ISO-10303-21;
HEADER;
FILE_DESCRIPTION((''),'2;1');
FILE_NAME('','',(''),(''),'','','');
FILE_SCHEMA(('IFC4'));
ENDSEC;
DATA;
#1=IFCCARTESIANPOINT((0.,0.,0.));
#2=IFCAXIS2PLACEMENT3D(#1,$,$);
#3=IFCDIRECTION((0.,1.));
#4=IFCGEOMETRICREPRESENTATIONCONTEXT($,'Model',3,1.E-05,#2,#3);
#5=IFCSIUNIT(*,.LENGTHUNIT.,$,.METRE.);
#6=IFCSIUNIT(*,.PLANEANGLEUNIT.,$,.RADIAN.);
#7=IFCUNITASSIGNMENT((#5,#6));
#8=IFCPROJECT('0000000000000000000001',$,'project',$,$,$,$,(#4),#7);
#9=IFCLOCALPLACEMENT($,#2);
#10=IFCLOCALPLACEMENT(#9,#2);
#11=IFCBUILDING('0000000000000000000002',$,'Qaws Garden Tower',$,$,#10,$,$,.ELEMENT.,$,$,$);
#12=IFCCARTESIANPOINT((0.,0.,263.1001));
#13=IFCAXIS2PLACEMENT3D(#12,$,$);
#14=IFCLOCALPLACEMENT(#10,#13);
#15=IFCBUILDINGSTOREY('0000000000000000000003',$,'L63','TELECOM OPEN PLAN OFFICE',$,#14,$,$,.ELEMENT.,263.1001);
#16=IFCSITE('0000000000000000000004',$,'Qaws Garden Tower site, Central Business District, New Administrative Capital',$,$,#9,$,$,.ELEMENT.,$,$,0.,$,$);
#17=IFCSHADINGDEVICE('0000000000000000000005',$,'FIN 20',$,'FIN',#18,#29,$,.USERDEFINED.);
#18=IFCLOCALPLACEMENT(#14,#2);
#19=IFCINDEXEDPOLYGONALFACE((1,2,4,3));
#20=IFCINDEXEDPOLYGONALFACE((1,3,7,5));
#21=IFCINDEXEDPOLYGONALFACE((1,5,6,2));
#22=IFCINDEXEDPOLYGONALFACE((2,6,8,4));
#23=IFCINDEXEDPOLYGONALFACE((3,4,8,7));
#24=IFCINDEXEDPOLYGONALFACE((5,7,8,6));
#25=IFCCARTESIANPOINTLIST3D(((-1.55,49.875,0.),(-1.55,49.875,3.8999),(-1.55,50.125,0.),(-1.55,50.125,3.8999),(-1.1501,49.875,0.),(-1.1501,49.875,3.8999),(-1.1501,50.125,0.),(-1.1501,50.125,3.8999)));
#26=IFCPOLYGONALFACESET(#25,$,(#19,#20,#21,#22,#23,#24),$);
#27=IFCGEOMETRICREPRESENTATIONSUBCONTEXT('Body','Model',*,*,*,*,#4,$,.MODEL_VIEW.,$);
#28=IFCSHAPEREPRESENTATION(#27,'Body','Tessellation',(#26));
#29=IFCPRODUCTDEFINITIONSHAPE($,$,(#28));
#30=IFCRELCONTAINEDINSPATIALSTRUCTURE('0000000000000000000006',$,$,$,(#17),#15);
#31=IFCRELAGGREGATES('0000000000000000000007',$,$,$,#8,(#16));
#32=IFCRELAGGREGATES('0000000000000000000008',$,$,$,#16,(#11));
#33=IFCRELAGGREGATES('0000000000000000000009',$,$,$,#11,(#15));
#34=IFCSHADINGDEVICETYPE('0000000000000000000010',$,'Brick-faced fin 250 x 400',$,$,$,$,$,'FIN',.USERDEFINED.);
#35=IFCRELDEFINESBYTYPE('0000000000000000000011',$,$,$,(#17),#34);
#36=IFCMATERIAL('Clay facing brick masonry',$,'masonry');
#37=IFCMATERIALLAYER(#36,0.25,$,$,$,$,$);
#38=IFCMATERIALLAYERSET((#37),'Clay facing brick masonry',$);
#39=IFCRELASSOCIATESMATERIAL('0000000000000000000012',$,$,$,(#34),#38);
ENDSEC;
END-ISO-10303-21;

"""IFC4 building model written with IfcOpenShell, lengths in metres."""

from ifc_helpers import new_model, si_unit, direction, frame, origin, origin_2d, place, context, subcontext, project, spatial, rectangle, extrude, material, layer, layer_set, type_object, element, save


model = new_model("IFC4")

# Units and contexts
model_context = context("Model", 3, precision=1e-05, world=origin(), true_north=direction((0.0, 1.0)))
body_context = subcontext(model_context, "Body", "Model", "MODEL_VIEW")
ifc_project = project(units=[si_unit("LENGTHUNIT", "METRE"), si_unit("PLANEANGLEUNIT", "RADIAN")], contexts=[model_context])

# Site, building, storey
site_placement = place(None, origin())
site = spatial("IfcSite", under=ifc_project, at=site_placement, Name="Qaws Garden Tower site, Central Business District, New Administrative Capital", CompositionType="ELEMENT", RefElevation=0.0)
building_placement = place(site_placement, origin())
building = spatial("IfcBuilding", under=site, at=building_placement, Name="Qaws Garden Tower", CompositionType="ELEMENT")
storey_placement = place(building_placement, frame((0.0, 0.0, 263.1001)))
storey = spatial("IfcBuildingStorey", under=building, at=storey_placement, Name="L63", Description="TELECOM OPEN PLAN OFFICE", CompositionType="ELEMENT", Elevation=263.1001)

# Shading device
ifc_material_1 = material(Name="Clay facing brick masonry", Category="masonry")
ifc_layer_1 = layer(ifc_material_1, 0.25)
ifc_layer_set_1 = layer_set([ifc_layer_1], Name="Clay facing brick masonry")
shading_device_type = type_object("IfcShadingDeviceType", Name="Brick-faced fin 250 x 400", ElementType="FIN", PredefinedType="USERDEFINED", material=ifc_layer_set_1)
shading_device_placement = place(storey_placement, frame((-1.3501, 50.0, 0.0), z_axis=(0.0, 0.0, 1.0), x_axis=(0.0, -1.0, 0.0)))
element("IfcShadingDevice", 1, at=shading_device_placement, inside=storey, type_object=shading_device_type, Name="FIN 20", ObjectType="FIN", PredefinedType="USERDEFINED", context=body_context, shape_type="SweptSolid", body=[
    extrude(rectangle(XDim=0.25, YDim=0.3999, at=origin_2d()), origin(), (0.0, 0.0, 1.0), 3.8999),
])

save(model, "model.ifc")
